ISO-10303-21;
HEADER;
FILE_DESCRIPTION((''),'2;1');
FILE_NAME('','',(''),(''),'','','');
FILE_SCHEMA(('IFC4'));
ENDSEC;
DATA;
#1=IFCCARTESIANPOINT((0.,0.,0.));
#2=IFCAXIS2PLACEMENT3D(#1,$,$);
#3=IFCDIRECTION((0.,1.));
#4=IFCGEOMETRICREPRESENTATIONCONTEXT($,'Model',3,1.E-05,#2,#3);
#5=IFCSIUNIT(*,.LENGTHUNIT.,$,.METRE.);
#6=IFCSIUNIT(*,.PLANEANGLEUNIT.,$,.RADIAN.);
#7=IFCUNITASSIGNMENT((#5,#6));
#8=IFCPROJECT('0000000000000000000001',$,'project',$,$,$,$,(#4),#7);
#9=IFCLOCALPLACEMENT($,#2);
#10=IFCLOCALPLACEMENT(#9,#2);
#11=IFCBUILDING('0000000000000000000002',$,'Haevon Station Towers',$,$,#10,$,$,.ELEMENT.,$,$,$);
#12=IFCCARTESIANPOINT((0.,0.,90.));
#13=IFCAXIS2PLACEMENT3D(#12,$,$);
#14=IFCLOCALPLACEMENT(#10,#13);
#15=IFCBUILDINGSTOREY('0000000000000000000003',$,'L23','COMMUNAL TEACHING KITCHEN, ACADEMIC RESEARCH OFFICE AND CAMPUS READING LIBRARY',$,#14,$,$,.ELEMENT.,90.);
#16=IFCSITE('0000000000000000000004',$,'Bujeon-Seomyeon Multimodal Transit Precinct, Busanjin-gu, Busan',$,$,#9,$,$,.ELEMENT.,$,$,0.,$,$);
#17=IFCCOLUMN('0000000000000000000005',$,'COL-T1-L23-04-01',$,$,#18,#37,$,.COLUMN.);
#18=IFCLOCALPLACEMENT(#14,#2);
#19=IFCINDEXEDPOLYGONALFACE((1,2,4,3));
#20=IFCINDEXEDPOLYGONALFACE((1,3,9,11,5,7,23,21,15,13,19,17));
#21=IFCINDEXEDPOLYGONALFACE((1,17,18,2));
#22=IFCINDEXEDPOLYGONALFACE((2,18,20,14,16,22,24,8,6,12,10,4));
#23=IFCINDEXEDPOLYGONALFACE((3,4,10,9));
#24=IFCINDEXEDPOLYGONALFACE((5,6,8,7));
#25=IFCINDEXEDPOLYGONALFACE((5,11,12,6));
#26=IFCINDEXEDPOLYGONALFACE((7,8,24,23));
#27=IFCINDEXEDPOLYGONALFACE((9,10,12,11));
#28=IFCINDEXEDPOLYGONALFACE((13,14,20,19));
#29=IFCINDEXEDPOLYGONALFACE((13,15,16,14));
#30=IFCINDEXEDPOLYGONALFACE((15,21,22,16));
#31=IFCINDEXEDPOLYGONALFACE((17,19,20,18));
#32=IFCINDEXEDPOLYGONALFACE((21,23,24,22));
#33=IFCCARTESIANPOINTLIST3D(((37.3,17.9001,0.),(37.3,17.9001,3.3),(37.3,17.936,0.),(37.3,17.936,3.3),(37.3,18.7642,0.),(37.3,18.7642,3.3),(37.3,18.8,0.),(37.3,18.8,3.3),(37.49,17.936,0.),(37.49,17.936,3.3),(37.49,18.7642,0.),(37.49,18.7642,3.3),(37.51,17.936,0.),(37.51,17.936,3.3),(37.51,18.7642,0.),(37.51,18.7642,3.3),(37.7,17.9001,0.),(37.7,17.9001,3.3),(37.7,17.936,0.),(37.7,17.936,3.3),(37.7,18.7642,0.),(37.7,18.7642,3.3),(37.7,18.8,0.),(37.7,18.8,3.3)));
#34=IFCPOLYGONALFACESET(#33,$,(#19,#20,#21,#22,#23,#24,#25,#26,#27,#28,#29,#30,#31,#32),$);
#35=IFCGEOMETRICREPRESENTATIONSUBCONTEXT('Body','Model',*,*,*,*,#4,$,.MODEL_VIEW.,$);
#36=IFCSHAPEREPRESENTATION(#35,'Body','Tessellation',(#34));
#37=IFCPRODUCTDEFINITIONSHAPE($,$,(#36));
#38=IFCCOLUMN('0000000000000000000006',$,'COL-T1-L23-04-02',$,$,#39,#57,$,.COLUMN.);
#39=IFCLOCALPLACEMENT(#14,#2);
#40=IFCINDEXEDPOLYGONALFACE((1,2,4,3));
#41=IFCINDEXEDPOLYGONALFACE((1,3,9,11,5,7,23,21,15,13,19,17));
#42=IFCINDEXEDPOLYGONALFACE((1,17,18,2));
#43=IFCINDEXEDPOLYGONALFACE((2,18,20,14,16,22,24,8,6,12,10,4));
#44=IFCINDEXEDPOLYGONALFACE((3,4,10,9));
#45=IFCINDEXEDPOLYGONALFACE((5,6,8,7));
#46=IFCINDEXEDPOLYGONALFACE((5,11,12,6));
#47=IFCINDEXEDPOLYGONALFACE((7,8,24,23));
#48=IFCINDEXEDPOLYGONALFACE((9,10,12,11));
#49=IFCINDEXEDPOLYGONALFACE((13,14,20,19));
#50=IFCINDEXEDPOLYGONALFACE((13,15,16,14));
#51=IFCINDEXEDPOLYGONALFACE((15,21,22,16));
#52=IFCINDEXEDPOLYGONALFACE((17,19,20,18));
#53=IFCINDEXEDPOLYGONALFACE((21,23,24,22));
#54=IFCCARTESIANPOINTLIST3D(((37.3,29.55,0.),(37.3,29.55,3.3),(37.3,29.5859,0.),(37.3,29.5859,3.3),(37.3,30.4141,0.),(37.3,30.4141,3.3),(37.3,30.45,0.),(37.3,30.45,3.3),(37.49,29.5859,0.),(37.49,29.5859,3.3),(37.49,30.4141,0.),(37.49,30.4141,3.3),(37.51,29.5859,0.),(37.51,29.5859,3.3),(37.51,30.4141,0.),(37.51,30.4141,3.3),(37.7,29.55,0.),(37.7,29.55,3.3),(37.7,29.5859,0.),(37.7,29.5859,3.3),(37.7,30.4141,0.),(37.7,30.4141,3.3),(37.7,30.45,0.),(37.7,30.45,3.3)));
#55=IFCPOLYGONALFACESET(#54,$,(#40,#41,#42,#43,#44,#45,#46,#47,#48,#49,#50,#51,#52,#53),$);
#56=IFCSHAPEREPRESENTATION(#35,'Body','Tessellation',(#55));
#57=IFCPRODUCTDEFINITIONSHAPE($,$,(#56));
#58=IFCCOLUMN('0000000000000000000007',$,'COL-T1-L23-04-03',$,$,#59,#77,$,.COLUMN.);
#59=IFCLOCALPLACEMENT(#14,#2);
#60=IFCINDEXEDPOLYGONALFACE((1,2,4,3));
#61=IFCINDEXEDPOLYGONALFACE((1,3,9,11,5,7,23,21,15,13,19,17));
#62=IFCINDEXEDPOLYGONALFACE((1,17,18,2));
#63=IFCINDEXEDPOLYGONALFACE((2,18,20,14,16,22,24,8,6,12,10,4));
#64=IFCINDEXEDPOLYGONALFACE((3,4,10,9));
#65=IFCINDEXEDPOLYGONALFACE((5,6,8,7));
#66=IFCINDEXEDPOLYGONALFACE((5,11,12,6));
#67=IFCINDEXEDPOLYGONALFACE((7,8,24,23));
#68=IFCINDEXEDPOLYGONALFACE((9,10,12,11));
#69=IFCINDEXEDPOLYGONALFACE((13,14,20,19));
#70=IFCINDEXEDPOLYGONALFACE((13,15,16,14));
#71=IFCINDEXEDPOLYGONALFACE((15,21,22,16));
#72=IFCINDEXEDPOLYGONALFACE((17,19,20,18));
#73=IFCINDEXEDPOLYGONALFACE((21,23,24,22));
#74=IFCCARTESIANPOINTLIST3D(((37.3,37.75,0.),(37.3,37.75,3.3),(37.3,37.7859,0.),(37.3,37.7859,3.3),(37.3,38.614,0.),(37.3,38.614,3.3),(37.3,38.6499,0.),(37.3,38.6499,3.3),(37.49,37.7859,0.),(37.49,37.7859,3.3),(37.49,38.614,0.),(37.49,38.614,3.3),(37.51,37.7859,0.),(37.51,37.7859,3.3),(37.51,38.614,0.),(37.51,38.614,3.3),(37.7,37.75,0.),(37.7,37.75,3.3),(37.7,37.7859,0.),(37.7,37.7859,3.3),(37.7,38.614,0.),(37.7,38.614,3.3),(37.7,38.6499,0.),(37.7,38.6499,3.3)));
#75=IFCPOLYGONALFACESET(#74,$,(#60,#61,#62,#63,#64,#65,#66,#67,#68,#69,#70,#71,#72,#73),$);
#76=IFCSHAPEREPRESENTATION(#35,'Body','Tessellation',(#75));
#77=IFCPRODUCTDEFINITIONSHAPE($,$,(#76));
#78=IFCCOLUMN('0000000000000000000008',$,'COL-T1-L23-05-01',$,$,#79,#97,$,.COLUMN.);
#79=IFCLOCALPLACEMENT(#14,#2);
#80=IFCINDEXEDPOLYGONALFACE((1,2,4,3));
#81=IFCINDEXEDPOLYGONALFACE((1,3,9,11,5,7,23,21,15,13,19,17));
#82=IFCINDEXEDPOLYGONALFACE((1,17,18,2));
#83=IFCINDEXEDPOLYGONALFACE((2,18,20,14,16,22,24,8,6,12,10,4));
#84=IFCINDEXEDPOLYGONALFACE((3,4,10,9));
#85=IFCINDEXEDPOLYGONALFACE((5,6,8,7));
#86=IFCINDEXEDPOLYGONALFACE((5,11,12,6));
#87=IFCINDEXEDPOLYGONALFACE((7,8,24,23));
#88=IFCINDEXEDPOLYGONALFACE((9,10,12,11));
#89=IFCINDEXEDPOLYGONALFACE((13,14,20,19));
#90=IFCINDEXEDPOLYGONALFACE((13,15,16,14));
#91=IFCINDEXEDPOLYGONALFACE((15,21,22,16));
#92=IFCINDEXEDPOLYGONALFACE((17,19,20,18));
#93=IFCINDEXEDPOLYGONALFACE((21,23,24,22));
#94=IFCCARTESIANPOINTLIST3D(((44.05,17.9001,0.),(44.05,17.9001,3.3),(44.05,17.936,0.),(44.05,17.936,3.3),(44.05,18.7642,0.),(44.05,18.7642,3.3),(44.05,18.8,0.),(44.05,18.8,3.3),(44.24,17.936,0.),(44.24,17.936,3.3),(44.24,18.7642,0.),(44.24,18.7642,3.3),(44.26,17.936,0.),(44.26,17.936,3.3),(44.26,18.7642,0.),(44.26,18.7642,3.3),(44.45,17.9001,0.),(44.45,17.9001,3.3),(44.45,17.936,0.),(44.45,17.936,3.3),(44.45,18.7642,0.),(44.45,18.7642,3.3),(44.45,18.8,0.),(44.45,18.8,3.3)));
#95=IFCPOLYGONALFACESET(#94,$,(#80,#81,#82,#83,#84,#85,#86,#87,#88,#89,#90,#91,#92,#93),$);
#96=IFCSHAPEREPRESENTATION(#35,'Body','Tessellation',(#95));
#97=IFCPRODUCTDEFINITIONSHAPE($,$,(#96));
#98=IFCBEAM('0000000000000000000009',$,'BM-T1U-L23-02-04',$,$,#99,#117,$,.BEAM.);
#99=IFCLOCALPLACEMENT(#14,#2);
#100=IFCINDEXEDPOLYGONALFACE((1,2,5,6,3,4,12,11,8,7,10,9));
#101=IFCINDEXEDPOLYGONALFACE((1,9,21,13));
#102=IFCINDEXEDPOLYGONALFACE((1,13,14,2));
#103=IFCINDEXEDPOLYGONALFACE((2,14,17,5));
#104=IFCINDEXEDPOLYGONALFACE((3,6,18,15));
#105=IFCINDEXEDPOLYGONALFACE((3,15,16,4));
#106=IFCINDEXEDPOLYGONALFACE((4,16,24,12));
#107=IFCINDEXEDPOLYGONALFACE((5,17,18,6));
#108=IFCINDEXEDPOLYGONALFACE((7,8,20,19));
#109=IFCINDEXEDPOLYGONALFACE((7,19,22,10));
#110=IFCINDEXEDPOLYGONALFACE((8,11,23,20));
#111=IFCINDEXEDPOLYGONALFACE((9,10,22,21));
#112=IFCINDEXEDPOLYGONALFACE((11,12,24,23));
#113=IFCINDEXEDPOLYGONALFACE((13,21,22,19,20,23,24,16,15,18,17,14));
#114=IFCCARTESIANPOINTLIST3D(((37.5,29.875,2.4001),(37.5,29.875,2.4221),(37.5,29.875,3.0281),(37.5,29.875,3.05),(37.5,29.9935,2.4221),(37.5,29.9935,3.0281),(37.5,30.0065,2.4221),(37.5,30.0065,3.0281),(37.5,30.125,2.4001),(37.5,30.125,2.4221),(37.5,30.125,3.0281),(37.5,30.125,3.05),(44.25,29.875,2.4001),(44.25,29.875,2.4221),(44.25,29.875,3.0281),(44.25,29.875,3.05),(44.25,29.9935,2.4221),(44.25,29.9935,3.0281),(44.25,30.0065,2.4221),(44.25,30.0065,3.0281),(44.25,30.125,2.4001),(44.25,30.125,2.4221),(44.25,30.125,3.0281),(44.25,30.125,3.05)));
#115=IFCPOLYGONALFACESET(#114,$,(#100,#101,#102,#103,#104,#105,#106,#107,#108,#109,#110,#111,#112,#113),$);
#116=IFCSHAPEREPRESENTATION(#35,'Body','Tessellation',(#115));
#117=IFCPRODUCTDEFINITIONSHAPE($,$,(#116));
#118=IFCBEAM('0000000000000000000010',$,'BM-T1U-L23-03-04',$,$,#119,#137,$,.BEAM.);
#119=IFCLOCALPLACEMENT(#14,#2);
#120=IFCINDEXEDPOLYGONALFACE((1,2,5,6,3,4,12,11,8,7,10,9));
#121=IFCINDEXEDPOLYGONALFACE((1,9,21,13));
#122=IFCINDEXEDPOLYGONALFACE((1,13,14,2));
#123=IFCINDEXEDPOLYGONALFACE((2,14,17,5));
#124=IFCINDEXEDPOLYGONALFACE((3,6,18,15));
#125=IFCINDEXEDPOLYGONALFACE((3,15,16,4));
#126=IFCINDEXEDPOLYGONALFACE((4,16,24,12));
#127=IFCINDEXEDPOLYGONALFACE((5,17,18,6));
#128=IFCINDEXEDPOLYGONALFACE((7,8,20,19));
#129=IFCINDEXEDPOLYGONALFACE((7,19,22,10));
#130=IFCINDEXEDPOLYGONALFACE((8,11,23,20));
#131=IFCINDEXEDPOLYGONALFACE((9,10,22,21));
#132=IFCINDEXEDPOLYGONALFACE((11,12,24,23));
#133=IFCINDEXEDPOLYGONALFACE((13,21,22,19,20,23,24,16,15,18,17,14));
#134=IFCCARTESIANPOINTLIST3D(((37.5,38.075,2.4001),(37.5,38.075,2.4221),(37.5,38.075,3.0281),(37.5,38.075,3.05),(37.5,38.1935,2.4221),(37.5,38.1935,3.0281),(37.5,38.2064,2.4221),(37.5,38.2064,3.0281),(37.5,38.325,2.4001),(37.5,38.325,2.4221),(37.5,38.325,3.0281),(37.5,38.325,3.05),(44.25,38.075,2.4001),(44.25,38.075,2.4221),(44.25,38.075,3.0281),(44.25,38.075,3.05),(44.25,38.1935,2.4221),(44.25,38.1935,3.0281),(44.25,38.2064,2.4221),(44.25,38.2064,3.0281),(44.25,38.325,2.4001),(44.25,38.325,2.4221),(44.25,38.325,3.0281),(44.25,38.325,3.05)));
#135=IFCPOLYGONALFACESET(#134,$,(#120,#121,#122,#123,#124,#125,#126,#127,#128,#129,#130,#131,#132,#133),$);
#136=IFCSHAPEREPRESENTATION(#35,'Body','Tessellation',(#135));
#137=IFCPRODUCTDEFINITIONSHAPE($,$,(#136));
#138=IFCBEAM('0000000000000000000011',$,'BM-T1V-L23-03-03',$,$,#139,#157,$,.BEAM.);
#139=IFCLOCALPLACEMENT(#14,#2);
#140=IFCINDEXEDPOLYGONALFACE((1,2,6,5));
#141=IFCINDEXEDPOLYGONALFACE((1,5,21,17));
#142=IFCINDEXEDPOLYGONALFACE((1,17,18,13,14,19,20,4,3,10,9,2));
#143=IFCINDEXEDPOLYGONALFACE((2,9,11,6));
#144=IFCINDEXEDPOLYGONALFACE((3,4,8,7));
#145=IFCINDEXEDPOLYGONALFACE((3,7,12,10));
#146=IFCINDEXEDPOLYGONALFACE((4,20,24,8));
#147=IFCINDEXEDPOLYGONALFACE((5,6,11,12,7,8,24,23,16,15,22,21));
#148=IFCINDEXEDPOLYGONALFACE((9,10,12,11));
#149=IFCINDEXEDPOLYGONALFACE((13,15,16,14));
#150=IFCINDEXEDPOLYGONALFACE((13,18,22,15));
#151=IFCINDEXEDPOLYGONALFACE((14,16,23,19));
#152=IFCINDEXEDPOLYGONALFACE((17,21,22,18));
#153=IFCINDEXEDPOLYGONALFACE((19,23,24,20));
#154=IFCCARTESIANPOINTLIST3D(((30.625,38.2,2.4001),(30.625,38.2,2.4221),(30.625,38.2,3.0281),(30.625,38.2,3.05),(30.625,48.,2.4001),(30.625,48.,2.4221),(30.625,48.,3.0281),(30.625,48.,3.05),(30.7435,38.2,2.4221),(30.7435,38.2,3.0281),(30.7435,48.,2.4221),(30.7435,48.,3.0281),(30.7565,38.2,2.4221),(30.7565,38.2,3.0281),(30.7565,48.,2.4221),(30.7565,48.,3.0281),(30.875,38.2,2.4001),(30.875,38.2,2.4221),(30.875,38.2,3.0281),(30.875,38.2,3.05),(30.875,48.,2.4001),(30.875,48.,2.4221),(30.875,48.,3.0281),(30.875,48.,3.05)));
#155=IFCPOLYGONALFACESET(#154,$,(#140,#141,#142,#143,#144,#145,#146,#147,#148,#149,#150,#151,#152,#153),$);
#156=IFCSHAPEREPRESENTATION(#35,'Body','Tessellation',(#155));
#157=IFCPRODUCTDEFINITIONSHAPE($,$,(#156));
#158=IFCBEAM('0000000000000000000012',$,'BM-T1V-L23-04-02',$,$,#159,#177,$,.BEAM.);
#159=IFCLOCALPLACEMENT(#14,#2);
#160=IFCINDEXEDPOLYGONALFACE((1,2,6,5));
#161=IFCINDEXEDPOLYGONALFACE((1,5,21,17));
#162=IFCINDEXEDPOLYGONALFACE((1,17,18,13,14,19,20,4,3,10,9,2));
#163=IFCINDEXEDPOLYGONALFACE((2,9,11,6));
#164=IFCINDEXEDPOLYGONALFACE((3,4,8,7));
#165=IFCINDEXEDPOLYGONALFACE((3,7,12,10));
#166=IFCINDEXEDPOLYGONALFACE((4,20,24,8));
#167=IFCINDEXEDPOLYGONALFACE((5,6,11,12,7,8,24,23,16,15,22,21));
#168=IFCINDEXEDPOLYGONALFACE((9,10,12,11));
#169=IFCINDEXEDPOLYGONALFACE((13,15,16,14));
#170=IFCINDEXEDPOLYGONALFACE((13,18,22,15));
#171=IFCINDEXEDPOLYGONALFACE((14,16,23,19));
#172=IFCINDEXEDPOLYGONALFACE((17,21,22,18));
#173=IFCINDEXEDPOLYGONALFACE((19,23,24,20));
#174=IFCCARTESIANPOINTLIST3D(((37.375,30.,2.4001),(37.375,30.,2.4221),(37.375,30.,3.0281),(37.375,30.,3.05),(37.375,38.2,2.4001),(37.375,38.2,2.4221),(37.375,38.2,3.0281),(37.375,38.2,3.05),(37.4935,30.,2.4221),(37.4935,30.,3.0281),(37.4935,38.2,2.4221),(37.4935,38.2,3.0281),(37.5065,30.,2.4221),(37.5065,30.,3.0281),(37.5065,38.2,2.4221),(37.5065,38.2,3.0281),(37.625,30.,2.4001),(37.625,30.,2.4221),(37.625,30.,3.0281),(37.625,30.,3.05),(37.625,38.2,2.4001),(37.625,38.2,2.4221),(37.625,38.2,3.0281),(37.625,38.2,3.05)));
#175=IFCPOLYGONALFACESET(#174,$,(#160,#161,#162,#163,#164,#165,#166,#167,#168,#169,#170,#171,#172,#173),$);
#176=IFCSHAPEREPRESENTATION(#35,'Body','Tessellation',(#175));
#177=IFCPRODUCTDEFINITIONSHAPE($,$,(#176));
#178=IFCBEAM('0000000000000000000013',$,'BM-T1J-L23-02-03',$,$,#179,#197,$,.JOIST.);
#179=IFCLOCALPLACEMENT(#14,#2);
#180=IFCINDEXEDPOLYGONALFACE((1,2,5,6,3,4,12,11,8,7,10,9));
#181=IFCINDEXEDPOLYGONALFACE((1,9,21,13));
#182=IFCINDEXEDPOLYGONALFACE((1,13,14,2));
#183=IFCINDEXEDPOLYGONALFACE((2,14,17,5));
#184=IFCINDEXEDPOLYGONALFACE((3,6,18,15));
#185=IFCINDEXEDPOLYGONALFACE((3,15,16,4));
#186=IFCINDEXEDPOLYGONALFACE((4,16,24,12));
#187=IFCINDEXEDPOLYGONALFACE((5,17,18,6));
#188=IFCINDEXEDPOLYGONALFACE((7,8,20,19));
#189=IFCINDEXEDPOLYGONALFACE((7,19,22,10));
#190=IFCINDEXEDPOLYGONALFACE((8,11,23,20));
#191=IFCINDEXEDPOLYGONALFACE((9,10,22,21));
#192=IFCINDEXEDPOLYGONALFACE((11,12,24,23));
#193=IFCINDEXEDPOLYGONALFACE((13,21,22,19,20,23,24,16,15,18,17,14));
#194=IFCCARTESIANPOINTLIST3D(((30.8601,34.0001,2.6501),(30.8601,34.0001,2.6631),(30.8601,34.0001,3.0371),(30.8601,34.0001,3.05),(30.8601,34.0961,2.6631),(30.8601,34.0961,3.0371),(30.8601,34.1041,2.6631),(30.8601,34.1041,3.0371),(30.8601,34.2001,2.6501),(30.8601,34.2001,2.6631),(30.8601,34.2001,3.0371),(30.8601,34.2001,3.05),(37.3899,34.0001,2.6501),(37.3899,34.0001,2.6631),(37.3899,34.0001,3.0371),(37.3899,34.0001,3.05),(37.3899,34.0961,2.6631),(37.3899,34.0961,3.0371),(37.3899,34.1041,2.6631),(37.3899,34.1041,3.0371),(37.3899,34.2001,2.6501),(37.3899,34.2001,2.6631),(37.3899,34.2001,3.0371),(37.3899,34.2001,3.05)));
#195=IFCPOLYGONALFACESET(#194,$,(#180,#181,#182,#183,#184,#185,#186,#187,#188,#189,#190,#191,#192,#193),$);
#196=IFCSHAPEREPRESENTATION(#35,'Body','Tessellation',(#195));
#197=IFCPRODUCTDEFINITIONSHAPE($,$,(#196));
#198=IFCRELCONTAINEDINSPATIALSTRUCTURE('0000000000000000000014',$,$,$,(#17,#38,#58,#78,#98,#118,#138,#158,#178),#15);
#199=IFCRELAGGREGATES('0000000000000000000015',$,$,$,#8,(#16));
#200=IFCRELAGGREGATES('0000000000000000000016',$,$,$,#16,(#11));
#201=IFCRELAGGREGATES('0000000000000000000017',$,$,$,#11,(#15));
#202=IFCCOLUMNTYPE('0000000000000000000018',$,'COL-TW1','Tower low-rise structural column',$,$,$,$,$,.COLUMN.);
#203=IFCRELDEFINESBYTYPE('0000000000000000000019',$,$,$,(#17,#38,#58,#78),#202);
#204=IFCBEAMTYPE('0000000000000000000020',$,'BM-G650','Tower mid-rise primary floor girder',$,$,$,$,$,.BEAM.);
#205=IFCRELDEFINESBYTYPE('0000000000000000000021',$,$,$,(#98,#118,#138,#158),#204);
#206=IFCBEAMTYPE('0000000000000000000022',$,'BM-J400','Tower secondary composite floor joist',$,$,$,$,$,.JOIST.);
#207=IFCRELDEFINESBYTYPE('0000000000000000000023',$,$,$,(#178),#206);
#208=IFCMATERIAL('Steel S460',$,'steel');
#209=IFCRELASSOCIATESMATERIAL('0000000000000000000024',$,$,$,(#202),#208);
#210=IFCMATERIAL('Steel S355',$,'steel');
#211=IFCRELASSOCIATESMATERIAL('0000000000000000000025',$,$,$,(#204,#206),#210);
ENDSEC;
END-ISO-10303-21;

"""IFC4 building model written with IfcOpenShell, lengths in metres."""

from ifc_helpers import new_model, si_unit, direction, frame, origin, origin_2d, place, context, subcontext, project, spatial, i_section, extrude, material, material_profile, profile_set, type_object, element, save


model = new_model("IFC4")

# Units and contexts
model_context = context("Model", 3, precision=1e-05, world=origin(), true_north=direction((0.0, 1.0)))
body_context = subcontext(model_context, "Body", "Model", "MODEL_VIEW")
ifc_project = project(units=[si_unit("LENGTHUNIT", "METRE"), si_unit("PLANEANGLEUNIT", "RADIAN")], contexts=[model_context])

# Site, building, storey
site_placement = place(None, origin())
site = spatial("IfcSite", under=ifc_project, at=site_placement, Name="Bujeon-Seomyeon Multimodal Transit Precinct, Busanjin-gu, Busan", CompositionType="ELEMENT", RefElevation=0.0)
building_placement = place(site_placement, origin())
building = spatial("IfcBuilding", under=site, at=building_placement, Name="Haevon Station Towers", CompositionType="ELEMENT")
storey_placement = place(building_placement, frame((0.0, 0.0, 90.0)))
storey = spatial("IfcBuildingStorey", under=building, at=storey_placement, Name="L23", Description="COMMUNAL TEACHING KITCHEN, ACADEMIC RESEARCH OFFICE AND CAMPUS READING LIBRARY", CompositionType="ELEMENT", Elevation=90.0)

# Columns
ifc_material_1 = material(Name="Steel S460", Category="steel")
ifc_material_profile_1 = material_profile(ifc_material_1, i_section(OverallWidth=0.3999, OverallDepth=0.8999, WebThickness=0.02, FlangeThickness=0.0359, at=origin_2d()), Name="H-900x400x20x36")
ifc_profile_set_1 = profile_set([ifc_material_profile_1], Name="Steel S460")
column_type = type_object("IfcColumnType", Name="COL-TW1", Description="Tower low-rise structural column", PredefinedType="COLUMN", material=ifc_profile_set_1)
for number, where, z_axis, x_axis, name in (
    (1, (37.5, 18.3501, 0.0), (0.0, 0.0, 1.0), (1.0, 0.0, 0.0), "COL-T1-L23-04-01"),
    (2, (37.5, 30.0, 0.0), (0.0, 0.0, 1.0), (1.0, 0.0, 0.0), "COL-T1-L23-04-02"),
    (3, (37.5, 38.2, 0.0), (0.0, 0.0, 1.0), (1.0, 0.0, 0.0), "COL-T1-L23-04-03"),
    (4, (44.25, 18.3501, 0.0), (0.0, 0.0, 1.0), (1.0, 0.0, 0.0), "COL-T1-L23-05-01"),
):
    element("IfcColumn", number, at=place(storey_placement, frame(where, z_axis=z_axis, x_axis=x_axis)), inside=storey, type_object=column_type, Name=name, PredefinedType="COLUMN", context=body_context, shape_type="SweptSolid", body=[
        extrude(i_section(OverallWidth=0.3999, OverallDepth=0.8999, WebThickness=0.02, FlangeThickness=0.0359, at=origin_2d()), origin(), (0.0, 0.0, 1.0), 3.3),
    ])

# Beams
ifc_material_2 = material(Name="Steel S355", Category="steel")
ifc_material_profile_2 = material_profile(ifc_material_2, i_section(OverallWidth=0.25, OverallDepth=0.6499, WebThickness=0.0129, FlangeThickness=0.022, at=origin_2d()), Name="H-650x250x13x22")
ifc_profile_set_2 = profile_set([ifc_material_profile_2], Name="Steel S355")
beam_type_1 = type_object("IfcBeamType", Name="BM-G650", Description="Tower mid-rise primary floor girder", PredefinedType="BEAM", material=ifc_profile_set_2)
for number, where, z_axis, x_axis, name in (
    (5, (37.5, 30.0, 2.7251), (1.0, 0.0, 0.0), (0.0, 1.0, 0.0), "BM-T1U-L23-02-04"),
    (6, (37.5, 38.2, 2.7251), (1.0, 0.0, 0.0), (0.0, 1.0, 0.0), "BM-T1U-L23-03-04"),
):
    element("IfcBeam", number, at=place(storey_placement, frame(where, z_axis=z_axis, x_axis=x_axis)), inside=storey, type_object=beam_type_1, Name=name, PredefinedType="BEAM", context=body_context, shape_type="SweptSolid", body=[
        extrude(i_section(OverallWidth=0.25, OverallDepth=0.6499, WebThickness=0.0129, FlangeThickness=0.022, at=origin_2d()), origin(), (0.0, 0.0, 1.0), 6.75),
    ])
beam_1_placement = place(storey_placement, frame((30.75, 38.2, 2.7251), z_axis=(0.0, 1.0, 0.0), x_axis=(-1.0, 0.0, 0.0)))
element("IfcBeam", 7, at=beam_1_placement, inside=storey, type_object=beam_type_1, Name="BM-T1V-L23-03-03", PredefinedType="BEAM", context=body_context, shape_type="SweptSolid", body=[
    extrude(i_section(OverallWidth=0.25, OverallDepth=0.6499, WebThickness=0.0129, FlangeThickness=0.022, at=origin_2d()), origin(), (0.0, 0.0, 1.0), 9.8),
])
beam_2_placement = place(storey_placement, frame((37.5, 30.0, 2.7251), z_axis=(0.0, 1.0, 0.0), x_axis=(-1.0, 0.0, 0.0)))
element("IfcBeam", 8, at=beam_2_placement, inside=storey, type_object=beam_type_1, Name="BM-T1V-L23-04-02", PredefinedType="BEAM", context=body_context, shape_type="SweptSolid", body=[
    extrude(i_section(OverallWidth=0.25, OverallDepth=0.6499, WebThickness=0.0129, FlangeThickness=0.022, at=origin_2d()), origin(), (0.0, 0.0, 1.0), 8.2),
])
ifc_material_profile_3 = material_profile(ifc_material_2, i_section(OverallWidth=0.2, OverallDepth=0.3999, WebThickness=0.0081, FlangeThickness=0.0129, at=origin_2d()), Name="H-400x200x8x13")
ifc_profile_set_3 = profile_set([ifc_material_profile_3], Name="Steel S355")
beam_type_2 = type_object("IfcBeamType", Name="BM-J400", Description="Tower secondary composite floor joist", PredefinedType="JOIST", material=ifc_profile_set_3)
for number, where, z_axis, x_axis, name in (
    (9, (30.8601, 34.1001, 2.8501), (1.0, 0.0, 0.0), (0.0, 1.0, 0.0), "BM-T1J-L23-02-03"),
):
    element("IfcBeam", number, at=place(storey_placement, frame(where, z_axis=z_axis, x_axis=x_axis)), inside=storey, type_object=beam_type_2, Name=name, PredefinedType="JOIST", context=body_context, shape_type="SweptSolid", body=[
        extrude(i_section(OverallWidth=0.2, OverallDepth=0.3999, WebThickness=0.0081, FlangeThickness=0.0129, at=origin_2d()), origin(), (0.0, 0.0, 1.0), 6.5298),
    ])

save(model, "model.ifc")
